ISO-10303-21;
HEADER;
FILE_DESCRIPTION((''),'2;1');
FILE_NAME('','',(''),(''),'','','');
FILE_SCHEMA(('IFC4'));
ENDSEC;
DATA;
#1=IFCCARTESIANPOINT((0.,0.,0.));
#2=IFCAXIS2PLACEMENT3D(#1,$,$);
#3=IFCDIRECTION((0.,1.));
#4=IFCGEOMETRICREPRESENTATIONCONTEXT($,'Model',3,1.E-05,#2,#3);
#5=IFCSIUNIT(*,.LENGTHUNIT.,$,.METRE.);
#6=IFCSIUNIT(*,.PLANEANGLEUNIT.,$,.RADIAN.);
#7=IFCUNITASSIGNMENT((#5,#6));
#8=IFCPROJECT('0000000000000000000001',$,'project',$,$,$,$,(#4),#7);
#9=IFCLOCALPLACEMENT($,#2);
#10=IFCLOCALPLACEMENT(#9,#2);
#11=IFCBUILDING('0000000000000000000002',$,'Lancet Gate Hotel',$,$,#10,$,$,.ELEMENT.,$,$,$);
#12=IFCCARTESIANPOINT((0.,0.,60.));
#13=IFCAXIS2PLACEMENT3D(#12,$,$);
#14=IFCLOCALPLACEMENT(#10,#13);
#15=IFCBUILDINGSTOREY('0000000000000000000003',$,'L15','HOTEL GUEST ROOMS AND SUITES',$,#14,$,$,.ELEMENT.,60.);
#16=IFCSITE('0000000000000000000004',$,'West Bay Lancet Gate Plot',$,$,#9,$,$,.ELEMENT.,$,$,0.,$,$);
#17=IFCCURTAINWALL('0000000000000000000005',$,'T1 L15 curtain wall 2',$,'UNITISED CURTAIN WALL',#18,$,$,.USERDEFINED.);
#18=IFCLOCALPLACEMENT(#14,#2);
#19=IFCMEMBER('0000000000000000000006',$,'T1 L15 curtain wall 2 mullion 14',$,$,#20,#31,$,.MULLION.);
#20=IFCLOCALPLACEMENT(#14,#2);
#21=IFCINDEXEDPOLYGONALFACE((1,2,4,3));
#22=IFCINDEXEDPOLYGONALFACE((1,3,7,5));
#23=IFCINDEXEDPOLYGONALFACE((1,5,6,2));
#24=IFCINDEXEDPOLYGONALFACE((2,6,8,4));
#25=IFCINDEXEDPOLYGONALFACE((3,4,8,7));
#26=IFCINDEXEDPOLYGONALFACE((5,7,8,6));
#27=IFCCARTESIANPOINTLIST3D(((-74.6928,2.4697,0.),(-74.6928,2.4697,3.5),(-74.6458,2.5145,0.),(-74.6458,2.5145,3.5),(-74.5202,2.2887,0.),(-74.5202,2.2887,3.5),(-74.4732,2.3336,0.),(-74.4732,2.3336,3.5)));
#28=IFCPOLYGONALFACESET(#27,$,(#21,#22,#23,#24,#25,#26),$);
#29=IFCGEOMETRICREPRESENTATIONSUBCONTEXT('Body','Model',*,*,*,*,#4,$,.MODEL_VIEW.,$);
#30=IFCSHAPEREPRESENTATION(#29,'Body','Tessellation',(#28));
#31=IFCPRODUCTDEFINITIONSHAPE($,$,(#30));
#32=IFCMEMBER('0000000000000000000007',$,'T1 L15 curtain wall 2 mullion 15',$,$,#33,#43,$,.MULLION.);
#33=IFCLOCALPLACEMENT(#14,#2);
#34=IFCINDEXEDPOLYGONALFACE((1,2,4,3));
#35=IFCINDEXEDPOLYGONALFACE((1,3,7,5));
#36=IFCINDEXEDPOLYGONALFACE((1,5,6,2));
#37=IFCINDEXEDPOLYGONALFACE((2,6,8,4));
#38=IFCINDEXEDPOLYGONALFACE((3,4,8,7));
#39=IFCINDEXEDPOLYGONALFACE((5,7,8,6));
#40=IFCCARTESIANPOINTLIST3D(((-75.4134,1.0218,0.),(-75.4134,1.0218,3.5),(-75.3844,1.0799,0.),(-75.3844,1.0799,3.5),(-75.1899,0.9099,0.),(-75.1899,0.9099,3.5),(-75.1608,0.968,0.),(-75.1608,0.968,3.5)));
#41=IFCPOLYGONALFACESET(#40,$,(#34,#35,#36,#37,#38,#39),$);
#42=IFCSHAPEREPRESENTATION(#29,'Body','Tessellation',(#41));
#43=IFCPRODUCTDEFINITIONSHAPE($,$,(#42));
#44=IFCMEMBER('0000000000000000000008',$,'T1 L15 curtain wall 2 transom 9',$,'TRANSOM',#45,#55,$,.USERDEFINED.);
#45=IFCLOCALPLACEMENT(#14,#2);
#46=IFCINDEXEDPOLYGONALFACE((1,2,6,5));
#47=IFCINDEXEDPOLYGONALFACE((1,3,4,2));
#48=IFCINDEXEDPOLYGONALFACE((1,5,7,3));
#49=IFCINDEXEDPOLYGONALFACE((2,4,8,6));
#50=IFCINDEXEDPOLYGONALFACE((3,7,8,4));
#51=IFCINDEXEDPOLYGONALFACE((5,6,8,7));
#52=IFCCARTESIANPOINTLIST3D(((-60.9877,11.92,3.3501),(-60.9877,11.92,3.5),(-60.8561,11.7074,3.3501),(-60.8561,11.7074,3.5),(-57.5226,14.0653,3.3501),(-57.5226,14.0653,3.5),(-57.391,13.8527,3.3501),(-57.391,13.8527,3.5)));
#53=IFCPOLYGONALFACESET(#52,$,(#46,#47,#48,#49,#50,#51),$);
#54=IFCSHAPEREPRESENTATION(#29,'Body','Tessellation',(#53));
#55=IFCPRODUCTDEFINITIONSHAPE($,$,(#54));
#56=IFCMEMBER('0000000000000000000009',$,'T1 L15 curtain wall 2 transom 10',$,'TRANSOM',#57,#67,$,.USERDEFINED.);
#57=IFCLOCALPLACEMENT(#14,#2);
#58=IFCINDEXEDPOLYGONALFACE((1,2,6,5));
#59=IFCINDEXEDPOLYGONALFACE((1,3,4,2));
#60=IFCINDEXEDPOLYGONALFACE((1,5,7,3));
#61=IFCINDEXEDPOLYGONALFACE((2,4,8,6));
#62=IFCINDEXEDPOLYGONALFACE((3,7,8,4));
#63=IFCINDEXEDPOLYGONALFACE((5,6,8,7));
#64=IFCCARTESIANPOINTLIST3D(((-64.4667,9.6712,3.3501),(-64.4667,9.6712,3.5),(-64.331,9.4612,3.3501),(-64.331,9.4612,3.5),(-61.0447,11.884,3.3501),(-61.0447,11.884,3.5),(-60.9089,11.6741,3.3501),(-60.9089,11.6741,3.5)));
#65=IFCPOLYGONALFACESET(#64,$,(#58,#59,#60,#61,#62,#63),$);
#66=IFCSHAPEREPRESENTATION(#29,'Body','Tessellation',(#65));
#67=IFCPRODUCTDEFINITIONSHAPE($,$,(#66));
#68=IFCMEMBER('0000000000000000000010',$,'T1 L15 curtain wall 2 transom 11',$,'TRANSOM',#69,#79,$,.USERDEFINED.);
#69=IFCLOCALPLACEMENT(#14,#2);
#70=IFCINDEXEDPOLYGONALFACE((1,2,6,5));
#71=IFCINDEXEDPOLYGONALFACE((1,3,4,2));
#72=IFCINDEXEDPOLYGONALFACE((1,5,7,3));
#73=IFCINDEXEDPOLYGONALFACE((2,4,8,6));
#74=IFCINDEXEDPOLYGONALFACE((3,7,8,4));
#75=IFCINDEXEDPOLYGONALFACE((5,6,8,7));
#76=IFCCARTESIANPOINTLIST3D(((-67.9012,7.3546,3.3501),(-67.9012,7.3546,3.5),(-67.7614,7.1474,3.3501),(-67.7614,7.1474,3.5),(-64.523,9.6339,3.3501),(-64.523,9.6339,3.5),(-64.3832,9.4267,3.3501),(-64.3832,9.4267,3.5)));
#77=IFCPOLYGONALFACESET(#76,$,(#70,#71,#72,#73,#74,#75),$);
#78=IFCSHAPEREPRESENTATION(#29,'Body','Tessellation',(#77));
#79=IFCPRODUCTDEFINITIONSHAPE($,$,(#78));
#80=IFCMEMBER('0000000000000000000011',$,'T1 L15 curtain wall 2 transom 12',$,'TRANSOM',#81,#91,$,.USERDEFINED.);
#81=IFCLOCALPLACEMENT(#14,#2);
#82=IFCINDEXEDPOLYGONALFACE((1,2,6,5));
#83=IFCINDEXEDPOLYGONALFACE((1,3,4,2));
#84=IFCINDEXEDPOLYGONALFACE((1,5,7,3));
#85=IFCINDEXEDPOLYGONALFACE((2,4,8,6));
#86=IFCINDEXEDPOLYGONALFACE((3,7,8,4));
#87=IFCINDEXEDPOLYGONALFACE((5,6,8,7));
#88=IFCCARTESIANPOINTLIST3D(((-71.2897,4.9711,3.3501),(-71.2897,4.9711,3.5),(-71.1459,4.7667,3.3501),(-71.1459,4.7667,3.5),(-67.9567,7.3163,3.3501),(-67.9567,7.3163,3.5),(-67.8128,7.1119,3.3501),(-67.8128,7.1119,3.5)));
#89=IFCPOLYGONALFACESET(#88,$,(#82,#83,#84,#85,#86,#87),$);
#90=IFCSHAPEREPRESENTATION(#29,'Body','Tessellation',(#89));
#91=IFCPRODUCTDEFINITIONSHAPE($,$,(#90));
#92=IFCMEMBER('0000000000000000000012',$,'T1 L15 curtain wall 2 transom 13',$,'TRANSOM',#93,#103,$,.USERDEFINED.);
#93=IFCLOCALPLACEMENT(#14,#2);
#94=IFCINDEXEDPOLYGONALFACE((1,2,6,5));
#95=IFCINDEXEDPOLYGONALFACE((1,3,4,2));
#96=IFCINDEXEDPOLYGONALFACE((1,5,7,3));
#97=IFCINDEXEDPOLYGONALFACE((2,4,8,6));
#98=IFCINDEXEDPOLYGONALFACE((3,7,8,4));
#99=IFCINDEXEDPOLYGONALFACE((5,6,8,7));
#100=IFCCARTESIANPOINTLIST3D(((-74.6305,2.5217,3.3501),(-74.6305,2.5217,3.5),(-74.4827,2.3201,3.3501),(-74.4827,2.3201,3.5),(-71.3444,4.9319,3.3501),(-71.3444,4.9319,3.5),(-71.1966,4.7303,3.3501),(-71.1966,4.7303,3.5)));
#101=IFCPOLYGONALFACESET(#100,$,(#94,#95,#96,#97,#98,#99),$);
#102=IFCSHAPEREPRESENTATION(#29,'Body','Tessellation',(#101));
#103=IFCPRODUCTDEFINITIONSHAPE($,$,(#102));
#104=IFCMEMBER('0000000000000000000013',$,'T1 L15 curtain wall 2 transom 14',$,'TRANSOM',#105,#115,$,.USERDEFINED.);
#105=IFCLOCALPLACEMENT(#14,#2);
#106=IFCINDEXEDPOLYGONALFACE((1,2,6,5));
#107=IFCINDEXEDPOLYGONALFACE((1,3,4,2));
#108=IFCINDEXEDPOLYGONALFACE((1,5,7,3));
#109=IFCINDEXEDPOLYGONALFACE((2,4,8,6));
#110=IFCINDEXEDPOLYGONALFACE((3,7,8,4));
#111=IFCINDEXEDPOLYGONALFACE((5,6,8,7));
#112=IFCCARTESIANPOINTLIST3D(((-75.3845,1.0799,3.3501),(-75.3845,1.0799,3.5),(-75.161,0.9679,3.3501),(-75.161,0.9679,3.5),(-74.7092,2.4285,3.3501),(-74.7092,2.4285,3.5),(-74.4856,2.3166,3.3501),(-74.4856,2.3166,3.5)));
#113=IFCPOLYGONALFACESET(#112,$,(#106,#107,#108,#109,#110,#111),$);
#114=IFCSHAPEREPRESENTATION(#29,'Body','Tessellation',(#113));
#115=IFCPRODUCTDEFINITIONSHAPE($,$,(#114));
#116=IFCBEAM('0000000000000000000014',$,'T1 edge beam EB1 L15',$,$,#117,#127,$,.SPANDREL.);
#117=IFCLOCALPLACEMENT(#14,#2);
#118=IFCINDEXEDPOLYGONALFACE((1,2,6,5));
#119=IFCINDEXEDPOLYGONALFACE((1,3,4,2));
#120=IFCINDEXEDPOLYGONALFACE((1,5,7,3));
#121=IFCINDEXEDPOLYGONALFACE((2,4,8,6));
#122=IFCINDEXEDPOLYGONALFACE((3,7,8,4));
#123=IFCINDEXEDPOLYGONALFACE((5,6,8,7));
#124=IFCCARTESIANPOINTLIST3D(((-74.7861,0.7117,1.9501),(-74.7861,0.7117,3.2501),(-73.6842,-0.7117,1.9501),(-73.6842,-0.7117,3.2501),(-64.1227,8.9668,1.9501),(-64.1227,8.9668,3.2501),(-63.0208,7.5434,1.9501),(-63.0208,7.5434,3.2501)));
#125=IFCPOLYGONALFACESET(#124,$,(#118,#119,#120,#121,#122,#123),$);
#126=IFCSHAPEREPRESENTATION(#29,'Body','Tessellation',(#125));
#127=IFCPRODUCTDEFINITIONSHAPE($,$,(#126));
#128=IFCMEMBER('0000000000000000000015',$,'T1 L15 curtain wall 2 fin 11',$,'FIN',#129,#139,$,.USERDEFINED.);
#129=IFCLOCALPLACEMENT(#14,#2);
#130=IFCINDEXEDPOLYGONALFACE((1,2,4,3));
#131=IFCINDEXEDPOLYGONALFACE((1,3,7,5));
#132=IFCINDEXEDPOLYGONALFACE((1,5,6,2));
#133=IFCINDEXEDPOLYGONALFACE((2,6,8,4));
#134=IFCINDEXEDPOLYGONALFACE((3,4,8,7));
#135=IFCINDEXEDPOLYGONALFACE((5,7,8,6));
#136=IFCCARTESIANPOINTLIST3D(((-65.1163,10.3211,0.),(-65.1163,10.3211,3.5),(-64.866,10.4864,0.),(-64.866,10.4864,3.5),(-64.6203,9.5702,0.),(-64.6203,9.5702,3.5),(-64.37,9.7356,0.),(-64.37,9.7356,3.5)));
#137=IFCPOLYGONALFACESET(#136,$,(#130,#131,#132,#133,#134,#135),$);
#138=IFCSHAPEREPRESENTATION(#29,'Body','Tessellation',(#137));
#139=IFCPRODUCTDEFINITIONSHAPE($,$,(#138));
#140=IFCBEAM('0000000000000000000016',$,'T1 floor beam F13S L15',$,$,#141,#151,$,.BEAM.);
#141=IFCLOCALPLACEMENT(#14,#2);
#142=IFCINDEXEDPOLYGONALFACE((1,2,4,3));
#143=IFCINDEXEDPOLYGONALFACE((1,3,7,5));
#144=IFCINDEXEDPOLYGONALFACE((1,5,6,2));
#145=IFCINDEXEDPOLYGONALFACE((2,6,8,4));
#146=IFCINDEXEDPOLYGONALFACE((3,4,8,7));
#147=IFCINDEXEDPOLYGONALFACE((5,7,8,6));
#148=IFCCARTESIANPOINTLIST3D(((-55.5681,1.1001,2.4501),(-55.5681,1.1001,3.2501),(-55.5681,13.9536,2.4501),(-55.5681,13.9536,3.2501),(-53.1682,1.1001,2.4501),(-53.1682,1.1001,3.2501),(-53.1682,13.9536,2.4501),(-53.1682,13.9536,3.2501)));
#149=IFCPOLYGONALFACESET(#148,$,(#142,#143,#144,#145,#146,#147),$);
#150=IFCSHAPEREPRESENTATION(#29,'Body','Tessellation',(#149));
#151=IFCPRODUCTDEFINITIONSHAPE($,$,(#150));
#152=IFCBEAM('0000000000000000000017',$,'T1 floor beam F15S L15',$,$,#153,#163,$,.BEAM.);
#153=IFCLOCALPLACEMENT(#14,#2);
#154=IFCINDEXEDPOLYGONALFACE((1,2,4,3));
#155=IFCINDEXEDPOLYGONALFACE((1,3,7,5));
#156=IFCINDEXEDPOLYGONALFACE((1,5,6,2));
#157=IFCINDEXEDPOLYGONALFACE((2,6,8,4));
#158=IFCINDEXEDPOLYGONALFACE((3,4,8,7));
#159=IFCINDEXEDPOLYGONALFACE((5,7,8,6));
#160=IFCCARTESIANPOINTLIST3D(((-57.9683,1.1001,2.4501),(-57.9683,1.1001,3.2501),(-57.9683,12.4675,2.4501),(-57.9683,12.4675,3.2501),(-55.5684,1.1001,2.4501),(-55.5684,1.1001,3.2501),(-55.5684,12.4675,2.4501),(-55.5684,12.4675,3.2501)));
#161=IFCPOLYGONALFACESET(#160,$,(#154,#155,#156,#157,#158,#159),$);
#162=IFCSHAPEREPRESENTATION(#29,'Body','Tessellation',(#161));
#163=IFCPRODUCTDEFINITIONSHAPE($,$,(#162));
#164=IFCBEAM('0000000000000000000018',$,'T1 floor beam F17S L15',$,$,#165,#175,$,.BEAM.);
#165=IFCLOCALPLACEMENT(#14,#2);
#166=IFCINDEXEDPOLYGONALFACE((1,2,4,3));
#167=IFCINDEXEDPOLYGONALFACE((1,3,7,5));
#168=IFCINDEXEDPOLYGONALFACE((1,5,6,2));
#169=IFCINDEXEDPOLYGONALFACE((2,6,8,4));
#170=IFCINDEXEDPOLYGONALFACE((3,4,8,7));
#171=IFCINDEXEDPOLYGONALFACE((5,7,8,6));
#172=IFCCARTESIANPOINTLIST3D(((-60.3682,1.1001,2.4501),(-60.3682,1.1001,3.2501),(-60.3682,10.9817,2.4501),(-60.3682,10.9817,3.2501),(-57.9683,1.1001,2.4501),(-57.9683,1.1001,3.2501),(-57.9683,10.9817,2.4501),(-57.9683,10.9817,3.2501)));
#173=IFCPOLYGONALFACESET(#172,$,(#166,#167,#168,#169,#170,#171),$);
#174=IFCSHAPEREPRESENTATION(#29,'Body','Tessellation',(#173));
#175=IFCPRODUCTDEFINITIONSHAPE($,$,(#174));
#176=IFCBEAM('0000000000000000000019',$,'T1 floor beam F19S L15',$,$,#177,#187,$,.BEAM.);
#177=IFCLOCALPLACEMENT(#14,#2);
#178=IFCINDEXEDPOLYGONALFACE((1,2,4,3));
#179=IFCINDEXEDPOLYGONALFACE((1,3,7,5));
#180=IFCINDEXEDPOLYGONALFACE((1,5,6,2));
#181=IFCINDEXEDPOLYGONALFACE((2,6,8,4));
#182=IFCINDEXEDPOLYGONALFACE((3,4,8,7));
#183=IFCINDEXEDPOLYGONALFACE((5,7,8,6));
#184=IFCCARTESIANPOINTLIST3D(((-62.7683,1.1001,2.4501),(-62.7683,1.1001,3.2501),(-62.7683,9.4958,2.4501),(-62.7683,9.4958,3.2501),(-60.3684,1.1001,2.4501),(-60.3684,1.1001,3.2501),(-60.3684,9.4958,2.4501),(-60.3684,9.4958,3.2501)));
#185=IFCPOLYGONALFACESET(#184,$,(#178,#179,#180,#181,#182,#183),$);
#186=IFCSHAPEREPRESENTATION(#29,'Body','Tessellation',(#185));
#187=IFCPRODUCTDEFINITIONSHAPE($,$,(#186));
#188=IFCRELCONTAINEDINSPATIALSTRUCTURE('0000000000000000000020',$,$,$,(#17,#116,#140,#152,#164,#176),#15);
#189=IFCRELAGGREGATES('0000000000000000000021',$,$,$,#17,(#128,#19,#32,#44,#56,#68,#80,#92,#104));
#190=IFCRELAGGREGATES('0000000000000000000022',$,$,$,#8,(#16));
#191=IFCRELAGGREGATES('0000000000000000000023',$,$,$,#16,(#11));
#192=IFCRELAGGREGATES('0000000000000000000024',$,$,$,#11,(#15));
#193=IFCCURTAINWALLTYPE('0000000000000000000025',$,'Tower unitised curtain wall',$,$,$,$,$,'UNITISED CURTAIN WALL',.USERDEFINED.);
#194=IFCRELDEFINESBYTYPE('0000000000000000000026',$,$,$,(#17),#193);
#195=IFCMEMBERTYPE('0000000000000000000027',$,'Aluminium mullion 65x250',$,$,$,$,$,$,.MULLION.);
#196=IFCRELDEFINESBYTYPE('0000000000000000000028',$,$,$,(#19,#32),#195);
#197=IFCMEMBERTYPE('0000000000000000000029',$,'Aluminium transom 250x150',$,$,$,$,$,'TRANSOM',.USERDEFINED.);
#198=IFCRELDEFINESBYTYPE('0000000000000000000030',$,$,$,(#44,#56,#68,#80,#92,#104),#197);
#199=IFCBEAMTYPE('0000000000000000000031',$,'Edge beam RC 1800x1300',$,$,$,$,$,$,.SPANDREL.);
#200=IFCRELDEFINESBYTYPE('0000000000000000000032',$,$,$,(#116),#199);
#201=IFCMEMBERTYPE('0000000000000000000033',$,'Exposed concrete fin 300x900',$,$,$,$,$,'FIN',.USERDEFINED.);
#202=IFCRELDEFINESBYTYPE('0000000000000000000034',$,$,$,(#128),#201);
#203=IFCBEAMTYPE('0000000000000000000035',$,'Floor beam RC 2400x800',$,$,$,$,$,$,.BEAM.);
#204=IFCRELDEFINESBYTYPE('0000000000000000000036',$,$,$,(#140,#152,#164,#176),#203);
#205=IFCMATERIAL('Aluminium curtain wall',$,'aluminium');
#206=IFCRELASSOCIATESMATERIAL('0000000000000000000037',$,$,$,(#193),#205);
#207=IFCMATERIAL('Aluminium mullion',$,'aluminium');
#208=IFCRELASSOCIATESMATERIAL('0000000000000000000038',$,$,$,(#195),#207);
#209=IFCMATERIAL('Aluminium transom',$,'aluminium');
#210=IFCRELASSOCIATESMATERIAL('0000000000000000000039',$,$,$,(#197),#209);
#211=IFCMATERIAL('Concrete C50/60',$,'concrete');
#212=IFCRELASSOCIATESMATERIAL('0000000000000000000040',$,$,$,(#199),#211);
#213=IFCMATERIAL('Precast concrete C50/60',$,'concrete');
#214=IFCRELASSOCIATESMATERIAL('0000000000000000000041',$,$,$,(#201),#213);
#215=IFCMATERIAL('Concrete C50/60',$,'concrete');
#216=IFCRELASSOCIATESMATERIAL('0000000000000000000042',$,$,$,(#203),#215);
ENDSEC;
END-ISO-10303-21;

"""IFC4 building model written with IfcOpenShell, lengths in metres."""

from ifc_helpers import new_model, si_unit, direction, frame, origin, origin_2d, place, context, subcontext, project, spatial, rectangle, extrude, material, material_profile, profile_set, type_object, element, aggregate, save


model = new_model("IFC4")

# Units and contexts
model_context = context("Model", 3, precision=1e-05, world=origin(), true_north=direction((0.0, 1.0)))
body_context = subcontext(model_context, "Body", "Model", "MODEL_VIEW")
ifc_project = project(units=[si_unit("LENGTHUNIT", "METRE"), si_unit("PLANEANGLEUNIT", "RADIAN")], contexts=[model_context])

# Site, building, storey
site_placement = place(None, origin())
site = spatial("IfcSite", under=ifc_project, at=site_placement, Name="West Bay Lancet Gate Plot", CompositionType="ELEMENT", RefElevation=0.0)
building_placement = place(site_placement, origin())
building = spatial("IfcBuilding", under=site, at=building_placement, Name="Lancet Gate Hotel", CompositionType="ELEMENT")
storey_placement = place(building_placement, frame((0.0, 0.0, 60.0)))
storey = spatial("IfcBuildingStorey", under=building, at=storey_placement, Name="L15", Description="HOTEL GUEST ROOMS AND SUITES", CompositionType="ELEMENT", Elevation=60.0)

# Curtain wall, members
ifc_material_1 = material(Name="Aluminium curtain wall", Category="aluminium")
curtain_wall_type = type_object("IfcCurtainWallType", Name="Tower unitised curtain wall", ElementType="UNITISED CURTAIN WALL", PredefinedType="USERDEFINED", material=ifc_material_1)
curtain_wall_placement = place(storey_placement, origin())
curtain_wall = element("IfcCurtainWall", 1, at=curtain_wall_placement, inside=storey, type_object=curtain_wall_type, Name="T1 L15 curtain wall 2", ObjectType="UNITISED CURTAIN WALL", PredefinedType="USERDEFINED")
ifc_material_2 = material(Name="Aluminium mullion", Category="aluminium")
ifc_material_profile_1 = material_profile(ifc_material_2, rectangle(XDim=0.0649, YDim=0.25, at=origin_2d()), Name="MULLION 65x250")
ifc_profile_set_1 = profile_set([ifc_material_profile_1], Name="Aluminium mullion")
member_type_1 = type_object("IfcMemberType", Name="Aluminium mullion 65x250", PredefinedType="MULLION", material=ifc_profile_set_1)
member_1_placement = place(storey_placement, frame((-74.583, 2.4016, 0.0), z_axis=(0.0, 0.0, 1.0), x_axis=(-0.723696, -0.690119, 0.0)))
member_1 = element("IfcMember", 2, at=member_1_placement, type_object=member_type_1, Name="T1 L15 curtain wall 2 mullion 14", PredefinedType="MULLION", context=body_context, shape_type="SweptSolid", body=[
    extrude(rectangle(XDim=0.0649, YDim=0.25, at=origin_2d()), origin(), (0.0, 0.0, 1.0), 3.5),
])
member_2_placement = place(storey_placement, frame((-75.2871, 0.9949, 0.0), z_axis=(0.0, 0.0, 1.0), x_axis=(-0.447628, -0.89422, 0.0)))
member_2 = element("IfcMember", 3, at=member_2_placement, type_object=member_type_1, Name="T1 L15 curtain wall 2 mullion 15", PredefinedType="MULLION", context=body_context, shape_type="SweptSolid", body=[
    extrude(rectangle(XDim=0.0649, YDim=0.25, at=origin_2d()), origin(), (0.0, 0.0, 1.0), 3.5),
])
ifc_material_3 = material(Name="Aluminium transom", Category="aluminium")
ifc_material_profile_2 = material_profile(ifc_material_3, rectangle(XDim=0.25, YDim=0.1499, at=origin_2d()), Name="TRANSOM 250x150")
ifc_profile_set_2 = profile_set([ifc_material_profile_2], Name="Aluminium transom")
member_type_2 = type_object("IfcMemberType", Name="Aluminium transom 250x150", ElementType="TRANSOM", PredefinedType="USERDEFINED", material=ifc_profile_set_2)
member_3_placement = place(storey_placement, frame((-57.4568, 13.959, 3.425), z_axis=(-0.850242, -0.526392, 0.0), x_axis=(0.526392, -0.850242, 0.0)))
member_3 = element("IfcMember", 4, at=member_3_placement, type_object=member_type_2, Name="T1 L15 curtain wall 2 transom 9", ObjectType="TRANSOM", PredefinedType="USERDEFINED", context=body_context, shape_type="SweptSolid", body=[
    extrude(rectangle(XDim=0.25, YDim=0.1499, at=origin_2d()), origin(), (0.0, 0.0, 1.0), 4.0754),
])
member_4_placement = place(storey_placement, frame((-60.9768, 11.7791, 3.425), z_axis=(-0.839729, -0.543005, 0.0), x_axis=(0.543005, -0.839729, 0.0)))
member_4 = element("IfcMember", 5, at=member_4_placement, type_object=member_type_2, Name="T1 L15 curtain wall 2 transom 10", ObjectType="TRANSOM", PredefinedType="USERDEFINED", context=body_context, shape_type="SweptSolid", body=[
    extrude(rectangle(XDim=0.25, YDim=0.1499, at=origin_2d()), origin(), (0.0, 0.0, 1.0), 4.0752),
])
member_5_placement = place(storey_placement, frame((-64.4531, 9.5303, 3.425), z_axis=(-0.828959, -0.559309, 0.0), x_axis=(0.559309, -0.828959, 0.0)))
member_5 = element("IfcMember", 6, at=member_5_placement, type_object=member_type_2, Name="T1 L15 curtain wall 2 transom 11", ObjectType="TRANSOM", PredefinedType="USERDEFINED", context=body_context, shape_type="SweptSolid", body=[
    extrude(rectangle(XDim=0.25, YDim=0.1499, at=origin_2d()), origin(), (0.0, 0.0, 1.0), 4.0752),
])
member_6_placement = place(storey_placement, frame((-67.8848, 7.2141, 3.425), z_axis=(-0.817834, -0.575455, 0.0), x_axis=(0.575455, -0.817834, 0.0)))
member_6 = element("IfcMember", 7, at=member_6_placement, type_object=member_type_2, Name="T1 L15 curtain wall 2 transom 12", ObjectType="TRANSOM", PredefinedType="USERDEFINED", context=body_context, shape_type="SweptSolid", body=[
    extrude(rectangle(XDim=0.25, YDim=0.1499, at=origin_2d()), origin(), (0.0, 0.0, 1.0), 4.0754),
])
member_7_placement = place(storey_placement, frame((-71.2705, 4.8311, 3.425), z_axis=(-0.806367, -0.591416, 0.0), x_axis=(0.591416, -0.806367, 0.0)))
member_7 = element("IfcMember", 8, at=member_7_placement, type_object=member_type_2, Name="T1 L15 curtain wall 2 transom 13", ObjectType="TRANSOM", PredefinedType="USERDEFINED", context=body_context, shape_type="SweptSolid", body=[
    extrude(rectangle(XDim=0.25, YDim=0.1499, at=origin_2d()), origin(), (0.0, 0.0, 1.0), 4.0752),
])
member_8_placement = place(storey_placement, frame((-74.5974, 2.3726, 3.425), z_axis=(-0.447732, -0.894168, 0.0), x_axis=(0.894168, -0.447732, 0.0)))
member_8 = element("IfcMember", 9, at=member_8_placement, type_object=member_type_2, Name="T1 L15 curtain wall 2 transom 14", ObjectType="TRANSOM", PredefinedType="USERDEFINED", context=body_context, shape_type="SweptSolid", body=[
    extrude(rectangle(XDim=0.25, YDim=0.1499, at=origin_2d()), origin(), (0.0, 0.0, 1.0), 1.5083),
])

# Beam
ifc_material_4 = material(Name="Concrete C50/60", Category="concrete")
ifc_material_profile_3 = material_profile(ifc_material_4, rectangle(XDim=1.8, YDim=1.3, at=origin_2d()), Name="RC 1800x1300")
ifc_profile_set_3 = profile_set([ifc_material_profile_3], Name="Concrete C50/60")
beam_type_1 = type_object("IfcBeamType", Name="Edge beam RC 1800x1300", PredefinedType="SPANDREL", material=ifc_profile_set_3)
beam_1_placement = place(storey_placement, frame((-63.5718, 8.2551, 2.6001), z_axis=(-0.790736, -0.612157, 0.0), x_axis=(0.612157, -0.790736, 0.0)))
element("IfcBeam", 10, at=beam_1_placement, inside=storey, type_object=beam_type_1, Name="T1 edge beam EB1 L15", PredefinedType="SPANDREL", context=body_context, shape_type="SweptSolid", body=[
    extrude(rectangle(XDim=1.8, YDim=1.3, at=origin_2d()), origin(), (0.0, 0.0, 1.0), 13.4854),
])

# Member
ifc_material_5 = material(Name="Precast concrete C50/60", Category="concrete")
ifc_material_profile_4 = material_profile(ifc_material_5, rectangle(XDim=0.3, YDim=0.8999, at=origin_2d()), Name="FIN 300x900")
ifc_profile_set_4 = profile_set([ifc_material_profile_4], Name="Precast concrete C50/60")
member_type_3 = type_object("IfcMemberType", Name="Exposed concrete fin 300x900", ElementType="FIN", PredefinedType="USERDEFINED", material=ifc_profile_set_4)
member_9_placement = place(storey_placement, frame((-64.7432, 10.0283, 0.0), z_axis=(0.0, 0.0, 1.0), x_axis=(-0.834387, -0.551178, 0.0)))
member_9 = element("IfcMember", 11, at=member_9_placement, type_object=member_type_3, Name="T1 L15 curtain wall 2 fin 11", ObjectType="FIN", PredefinedType="USERDEFINED", context=body_context, shape_type="SweptSolid", body=[
    extrude(rectangle(XDim=0.3, YDim=0.8999, at=origin_2d()), origin(), (0.0, 0.0, 1.0), 3.5),
])

# Beams
ifc_material_6 = material(Name="Concrete C50/60", Category="concrete")
ifc_material_profile_5 = material_profile(ifc_material_6, rectangle(XDim=2.3999, YDim=0.8, at=origin_2d()), Name="RC 2400x800")
ifc_profile_set_5 = profile_set([ifc_material_profile_5], Name="Concrete C50/60")
beam_type_2 = type_object("IfcBeamType", Name="Floor beam RC 2400x800", PredefinedType="BEAM", material=ifc_profile_set_5)
beam_2_placement = place(storey_placement, frame((-54.3682, 13.9536, 2.8501), z_axis=(0.0, -1.0, 0.0), x_axis=(1.0, 0.0, 0.0)))
element("IfcBeam", 12, at=beam_2_placement, inside=storey, type_object=beam_type_2, Name="T1 floor beam F13S L15", PredefinedType="BEAM", context=body_context, shape_type="SweptSolid", body=[
    extrude(rectangle(XDim=2.3999, YDim=0.8, at=origin_2d()), origin(), (0.0, 0.0, 1.0), 12.8535),
])
beam_3_placement = place(storey_placement, frame((-56.7683, 12.4675, 2.8501), z_axis=(0.0, -1.0, 0.0), x_axis=(1.0, 0.0, 0.0)))
element("IfcBeam", 13, at=beam_3_placement, inside=storey, type_object=beam_type_2, Name="T1 floor beam F15S L15", PredefinedType="BEAM", context=body_context, shape_type="SweptSolid", body=[
    extrude(rectangle(XDim=2.3999, YDim=0.8, at=origin_2d()), origin(), (0.0, 0.0, 1.0), 11.3674),
])
beam_4_placement = place(storey_placement, frame((-59.1682, 10.9817, 2.8501), z_axis=(0.0, -1.0, 0.0), x_axis=(1.0, 0.0, 0.0)))
element("IfcBeam", 14, at=beam_4_placement, inside=storey, type_object=beam_type_2, Name="T1 floor beam F17S L15", PredefinedType="BEAM", context=body_context, shape_type="SweptSolid", body=[
    extrude(rectangle(XDim=2.3999, YDim=0.8, at=origin_2d()), origin(), (0.0, 0.0, 1.0), 9.8816),
])
beam_5_placement = place(storey_placement, frame((-61.5684, 9.4958, 2.8501), z_axis=(0.0, -1.0, 0.0), x_axis=(1.0, 0.0, 0.0)))
element("IfcBeam", 15, at=beam_5_placement, inside=storey, type_object=beam_type_2, Name="T1 floor beam F19S L15", PredefinedType="BEAM", context=body_context, shape_type="SweptSolid", body=[
    extrude(rectangle(XDim=2.3999, YDim=0.8, at=origin_2d()), origin(), (0.0, 0.0, 1.0), 8.3958),
])

aggregate(curtain_wall, [member_9, member_1, member_2, member_3, member_4, member_5, member_6, member_7, member_8])

save(model, "model.ifc")
